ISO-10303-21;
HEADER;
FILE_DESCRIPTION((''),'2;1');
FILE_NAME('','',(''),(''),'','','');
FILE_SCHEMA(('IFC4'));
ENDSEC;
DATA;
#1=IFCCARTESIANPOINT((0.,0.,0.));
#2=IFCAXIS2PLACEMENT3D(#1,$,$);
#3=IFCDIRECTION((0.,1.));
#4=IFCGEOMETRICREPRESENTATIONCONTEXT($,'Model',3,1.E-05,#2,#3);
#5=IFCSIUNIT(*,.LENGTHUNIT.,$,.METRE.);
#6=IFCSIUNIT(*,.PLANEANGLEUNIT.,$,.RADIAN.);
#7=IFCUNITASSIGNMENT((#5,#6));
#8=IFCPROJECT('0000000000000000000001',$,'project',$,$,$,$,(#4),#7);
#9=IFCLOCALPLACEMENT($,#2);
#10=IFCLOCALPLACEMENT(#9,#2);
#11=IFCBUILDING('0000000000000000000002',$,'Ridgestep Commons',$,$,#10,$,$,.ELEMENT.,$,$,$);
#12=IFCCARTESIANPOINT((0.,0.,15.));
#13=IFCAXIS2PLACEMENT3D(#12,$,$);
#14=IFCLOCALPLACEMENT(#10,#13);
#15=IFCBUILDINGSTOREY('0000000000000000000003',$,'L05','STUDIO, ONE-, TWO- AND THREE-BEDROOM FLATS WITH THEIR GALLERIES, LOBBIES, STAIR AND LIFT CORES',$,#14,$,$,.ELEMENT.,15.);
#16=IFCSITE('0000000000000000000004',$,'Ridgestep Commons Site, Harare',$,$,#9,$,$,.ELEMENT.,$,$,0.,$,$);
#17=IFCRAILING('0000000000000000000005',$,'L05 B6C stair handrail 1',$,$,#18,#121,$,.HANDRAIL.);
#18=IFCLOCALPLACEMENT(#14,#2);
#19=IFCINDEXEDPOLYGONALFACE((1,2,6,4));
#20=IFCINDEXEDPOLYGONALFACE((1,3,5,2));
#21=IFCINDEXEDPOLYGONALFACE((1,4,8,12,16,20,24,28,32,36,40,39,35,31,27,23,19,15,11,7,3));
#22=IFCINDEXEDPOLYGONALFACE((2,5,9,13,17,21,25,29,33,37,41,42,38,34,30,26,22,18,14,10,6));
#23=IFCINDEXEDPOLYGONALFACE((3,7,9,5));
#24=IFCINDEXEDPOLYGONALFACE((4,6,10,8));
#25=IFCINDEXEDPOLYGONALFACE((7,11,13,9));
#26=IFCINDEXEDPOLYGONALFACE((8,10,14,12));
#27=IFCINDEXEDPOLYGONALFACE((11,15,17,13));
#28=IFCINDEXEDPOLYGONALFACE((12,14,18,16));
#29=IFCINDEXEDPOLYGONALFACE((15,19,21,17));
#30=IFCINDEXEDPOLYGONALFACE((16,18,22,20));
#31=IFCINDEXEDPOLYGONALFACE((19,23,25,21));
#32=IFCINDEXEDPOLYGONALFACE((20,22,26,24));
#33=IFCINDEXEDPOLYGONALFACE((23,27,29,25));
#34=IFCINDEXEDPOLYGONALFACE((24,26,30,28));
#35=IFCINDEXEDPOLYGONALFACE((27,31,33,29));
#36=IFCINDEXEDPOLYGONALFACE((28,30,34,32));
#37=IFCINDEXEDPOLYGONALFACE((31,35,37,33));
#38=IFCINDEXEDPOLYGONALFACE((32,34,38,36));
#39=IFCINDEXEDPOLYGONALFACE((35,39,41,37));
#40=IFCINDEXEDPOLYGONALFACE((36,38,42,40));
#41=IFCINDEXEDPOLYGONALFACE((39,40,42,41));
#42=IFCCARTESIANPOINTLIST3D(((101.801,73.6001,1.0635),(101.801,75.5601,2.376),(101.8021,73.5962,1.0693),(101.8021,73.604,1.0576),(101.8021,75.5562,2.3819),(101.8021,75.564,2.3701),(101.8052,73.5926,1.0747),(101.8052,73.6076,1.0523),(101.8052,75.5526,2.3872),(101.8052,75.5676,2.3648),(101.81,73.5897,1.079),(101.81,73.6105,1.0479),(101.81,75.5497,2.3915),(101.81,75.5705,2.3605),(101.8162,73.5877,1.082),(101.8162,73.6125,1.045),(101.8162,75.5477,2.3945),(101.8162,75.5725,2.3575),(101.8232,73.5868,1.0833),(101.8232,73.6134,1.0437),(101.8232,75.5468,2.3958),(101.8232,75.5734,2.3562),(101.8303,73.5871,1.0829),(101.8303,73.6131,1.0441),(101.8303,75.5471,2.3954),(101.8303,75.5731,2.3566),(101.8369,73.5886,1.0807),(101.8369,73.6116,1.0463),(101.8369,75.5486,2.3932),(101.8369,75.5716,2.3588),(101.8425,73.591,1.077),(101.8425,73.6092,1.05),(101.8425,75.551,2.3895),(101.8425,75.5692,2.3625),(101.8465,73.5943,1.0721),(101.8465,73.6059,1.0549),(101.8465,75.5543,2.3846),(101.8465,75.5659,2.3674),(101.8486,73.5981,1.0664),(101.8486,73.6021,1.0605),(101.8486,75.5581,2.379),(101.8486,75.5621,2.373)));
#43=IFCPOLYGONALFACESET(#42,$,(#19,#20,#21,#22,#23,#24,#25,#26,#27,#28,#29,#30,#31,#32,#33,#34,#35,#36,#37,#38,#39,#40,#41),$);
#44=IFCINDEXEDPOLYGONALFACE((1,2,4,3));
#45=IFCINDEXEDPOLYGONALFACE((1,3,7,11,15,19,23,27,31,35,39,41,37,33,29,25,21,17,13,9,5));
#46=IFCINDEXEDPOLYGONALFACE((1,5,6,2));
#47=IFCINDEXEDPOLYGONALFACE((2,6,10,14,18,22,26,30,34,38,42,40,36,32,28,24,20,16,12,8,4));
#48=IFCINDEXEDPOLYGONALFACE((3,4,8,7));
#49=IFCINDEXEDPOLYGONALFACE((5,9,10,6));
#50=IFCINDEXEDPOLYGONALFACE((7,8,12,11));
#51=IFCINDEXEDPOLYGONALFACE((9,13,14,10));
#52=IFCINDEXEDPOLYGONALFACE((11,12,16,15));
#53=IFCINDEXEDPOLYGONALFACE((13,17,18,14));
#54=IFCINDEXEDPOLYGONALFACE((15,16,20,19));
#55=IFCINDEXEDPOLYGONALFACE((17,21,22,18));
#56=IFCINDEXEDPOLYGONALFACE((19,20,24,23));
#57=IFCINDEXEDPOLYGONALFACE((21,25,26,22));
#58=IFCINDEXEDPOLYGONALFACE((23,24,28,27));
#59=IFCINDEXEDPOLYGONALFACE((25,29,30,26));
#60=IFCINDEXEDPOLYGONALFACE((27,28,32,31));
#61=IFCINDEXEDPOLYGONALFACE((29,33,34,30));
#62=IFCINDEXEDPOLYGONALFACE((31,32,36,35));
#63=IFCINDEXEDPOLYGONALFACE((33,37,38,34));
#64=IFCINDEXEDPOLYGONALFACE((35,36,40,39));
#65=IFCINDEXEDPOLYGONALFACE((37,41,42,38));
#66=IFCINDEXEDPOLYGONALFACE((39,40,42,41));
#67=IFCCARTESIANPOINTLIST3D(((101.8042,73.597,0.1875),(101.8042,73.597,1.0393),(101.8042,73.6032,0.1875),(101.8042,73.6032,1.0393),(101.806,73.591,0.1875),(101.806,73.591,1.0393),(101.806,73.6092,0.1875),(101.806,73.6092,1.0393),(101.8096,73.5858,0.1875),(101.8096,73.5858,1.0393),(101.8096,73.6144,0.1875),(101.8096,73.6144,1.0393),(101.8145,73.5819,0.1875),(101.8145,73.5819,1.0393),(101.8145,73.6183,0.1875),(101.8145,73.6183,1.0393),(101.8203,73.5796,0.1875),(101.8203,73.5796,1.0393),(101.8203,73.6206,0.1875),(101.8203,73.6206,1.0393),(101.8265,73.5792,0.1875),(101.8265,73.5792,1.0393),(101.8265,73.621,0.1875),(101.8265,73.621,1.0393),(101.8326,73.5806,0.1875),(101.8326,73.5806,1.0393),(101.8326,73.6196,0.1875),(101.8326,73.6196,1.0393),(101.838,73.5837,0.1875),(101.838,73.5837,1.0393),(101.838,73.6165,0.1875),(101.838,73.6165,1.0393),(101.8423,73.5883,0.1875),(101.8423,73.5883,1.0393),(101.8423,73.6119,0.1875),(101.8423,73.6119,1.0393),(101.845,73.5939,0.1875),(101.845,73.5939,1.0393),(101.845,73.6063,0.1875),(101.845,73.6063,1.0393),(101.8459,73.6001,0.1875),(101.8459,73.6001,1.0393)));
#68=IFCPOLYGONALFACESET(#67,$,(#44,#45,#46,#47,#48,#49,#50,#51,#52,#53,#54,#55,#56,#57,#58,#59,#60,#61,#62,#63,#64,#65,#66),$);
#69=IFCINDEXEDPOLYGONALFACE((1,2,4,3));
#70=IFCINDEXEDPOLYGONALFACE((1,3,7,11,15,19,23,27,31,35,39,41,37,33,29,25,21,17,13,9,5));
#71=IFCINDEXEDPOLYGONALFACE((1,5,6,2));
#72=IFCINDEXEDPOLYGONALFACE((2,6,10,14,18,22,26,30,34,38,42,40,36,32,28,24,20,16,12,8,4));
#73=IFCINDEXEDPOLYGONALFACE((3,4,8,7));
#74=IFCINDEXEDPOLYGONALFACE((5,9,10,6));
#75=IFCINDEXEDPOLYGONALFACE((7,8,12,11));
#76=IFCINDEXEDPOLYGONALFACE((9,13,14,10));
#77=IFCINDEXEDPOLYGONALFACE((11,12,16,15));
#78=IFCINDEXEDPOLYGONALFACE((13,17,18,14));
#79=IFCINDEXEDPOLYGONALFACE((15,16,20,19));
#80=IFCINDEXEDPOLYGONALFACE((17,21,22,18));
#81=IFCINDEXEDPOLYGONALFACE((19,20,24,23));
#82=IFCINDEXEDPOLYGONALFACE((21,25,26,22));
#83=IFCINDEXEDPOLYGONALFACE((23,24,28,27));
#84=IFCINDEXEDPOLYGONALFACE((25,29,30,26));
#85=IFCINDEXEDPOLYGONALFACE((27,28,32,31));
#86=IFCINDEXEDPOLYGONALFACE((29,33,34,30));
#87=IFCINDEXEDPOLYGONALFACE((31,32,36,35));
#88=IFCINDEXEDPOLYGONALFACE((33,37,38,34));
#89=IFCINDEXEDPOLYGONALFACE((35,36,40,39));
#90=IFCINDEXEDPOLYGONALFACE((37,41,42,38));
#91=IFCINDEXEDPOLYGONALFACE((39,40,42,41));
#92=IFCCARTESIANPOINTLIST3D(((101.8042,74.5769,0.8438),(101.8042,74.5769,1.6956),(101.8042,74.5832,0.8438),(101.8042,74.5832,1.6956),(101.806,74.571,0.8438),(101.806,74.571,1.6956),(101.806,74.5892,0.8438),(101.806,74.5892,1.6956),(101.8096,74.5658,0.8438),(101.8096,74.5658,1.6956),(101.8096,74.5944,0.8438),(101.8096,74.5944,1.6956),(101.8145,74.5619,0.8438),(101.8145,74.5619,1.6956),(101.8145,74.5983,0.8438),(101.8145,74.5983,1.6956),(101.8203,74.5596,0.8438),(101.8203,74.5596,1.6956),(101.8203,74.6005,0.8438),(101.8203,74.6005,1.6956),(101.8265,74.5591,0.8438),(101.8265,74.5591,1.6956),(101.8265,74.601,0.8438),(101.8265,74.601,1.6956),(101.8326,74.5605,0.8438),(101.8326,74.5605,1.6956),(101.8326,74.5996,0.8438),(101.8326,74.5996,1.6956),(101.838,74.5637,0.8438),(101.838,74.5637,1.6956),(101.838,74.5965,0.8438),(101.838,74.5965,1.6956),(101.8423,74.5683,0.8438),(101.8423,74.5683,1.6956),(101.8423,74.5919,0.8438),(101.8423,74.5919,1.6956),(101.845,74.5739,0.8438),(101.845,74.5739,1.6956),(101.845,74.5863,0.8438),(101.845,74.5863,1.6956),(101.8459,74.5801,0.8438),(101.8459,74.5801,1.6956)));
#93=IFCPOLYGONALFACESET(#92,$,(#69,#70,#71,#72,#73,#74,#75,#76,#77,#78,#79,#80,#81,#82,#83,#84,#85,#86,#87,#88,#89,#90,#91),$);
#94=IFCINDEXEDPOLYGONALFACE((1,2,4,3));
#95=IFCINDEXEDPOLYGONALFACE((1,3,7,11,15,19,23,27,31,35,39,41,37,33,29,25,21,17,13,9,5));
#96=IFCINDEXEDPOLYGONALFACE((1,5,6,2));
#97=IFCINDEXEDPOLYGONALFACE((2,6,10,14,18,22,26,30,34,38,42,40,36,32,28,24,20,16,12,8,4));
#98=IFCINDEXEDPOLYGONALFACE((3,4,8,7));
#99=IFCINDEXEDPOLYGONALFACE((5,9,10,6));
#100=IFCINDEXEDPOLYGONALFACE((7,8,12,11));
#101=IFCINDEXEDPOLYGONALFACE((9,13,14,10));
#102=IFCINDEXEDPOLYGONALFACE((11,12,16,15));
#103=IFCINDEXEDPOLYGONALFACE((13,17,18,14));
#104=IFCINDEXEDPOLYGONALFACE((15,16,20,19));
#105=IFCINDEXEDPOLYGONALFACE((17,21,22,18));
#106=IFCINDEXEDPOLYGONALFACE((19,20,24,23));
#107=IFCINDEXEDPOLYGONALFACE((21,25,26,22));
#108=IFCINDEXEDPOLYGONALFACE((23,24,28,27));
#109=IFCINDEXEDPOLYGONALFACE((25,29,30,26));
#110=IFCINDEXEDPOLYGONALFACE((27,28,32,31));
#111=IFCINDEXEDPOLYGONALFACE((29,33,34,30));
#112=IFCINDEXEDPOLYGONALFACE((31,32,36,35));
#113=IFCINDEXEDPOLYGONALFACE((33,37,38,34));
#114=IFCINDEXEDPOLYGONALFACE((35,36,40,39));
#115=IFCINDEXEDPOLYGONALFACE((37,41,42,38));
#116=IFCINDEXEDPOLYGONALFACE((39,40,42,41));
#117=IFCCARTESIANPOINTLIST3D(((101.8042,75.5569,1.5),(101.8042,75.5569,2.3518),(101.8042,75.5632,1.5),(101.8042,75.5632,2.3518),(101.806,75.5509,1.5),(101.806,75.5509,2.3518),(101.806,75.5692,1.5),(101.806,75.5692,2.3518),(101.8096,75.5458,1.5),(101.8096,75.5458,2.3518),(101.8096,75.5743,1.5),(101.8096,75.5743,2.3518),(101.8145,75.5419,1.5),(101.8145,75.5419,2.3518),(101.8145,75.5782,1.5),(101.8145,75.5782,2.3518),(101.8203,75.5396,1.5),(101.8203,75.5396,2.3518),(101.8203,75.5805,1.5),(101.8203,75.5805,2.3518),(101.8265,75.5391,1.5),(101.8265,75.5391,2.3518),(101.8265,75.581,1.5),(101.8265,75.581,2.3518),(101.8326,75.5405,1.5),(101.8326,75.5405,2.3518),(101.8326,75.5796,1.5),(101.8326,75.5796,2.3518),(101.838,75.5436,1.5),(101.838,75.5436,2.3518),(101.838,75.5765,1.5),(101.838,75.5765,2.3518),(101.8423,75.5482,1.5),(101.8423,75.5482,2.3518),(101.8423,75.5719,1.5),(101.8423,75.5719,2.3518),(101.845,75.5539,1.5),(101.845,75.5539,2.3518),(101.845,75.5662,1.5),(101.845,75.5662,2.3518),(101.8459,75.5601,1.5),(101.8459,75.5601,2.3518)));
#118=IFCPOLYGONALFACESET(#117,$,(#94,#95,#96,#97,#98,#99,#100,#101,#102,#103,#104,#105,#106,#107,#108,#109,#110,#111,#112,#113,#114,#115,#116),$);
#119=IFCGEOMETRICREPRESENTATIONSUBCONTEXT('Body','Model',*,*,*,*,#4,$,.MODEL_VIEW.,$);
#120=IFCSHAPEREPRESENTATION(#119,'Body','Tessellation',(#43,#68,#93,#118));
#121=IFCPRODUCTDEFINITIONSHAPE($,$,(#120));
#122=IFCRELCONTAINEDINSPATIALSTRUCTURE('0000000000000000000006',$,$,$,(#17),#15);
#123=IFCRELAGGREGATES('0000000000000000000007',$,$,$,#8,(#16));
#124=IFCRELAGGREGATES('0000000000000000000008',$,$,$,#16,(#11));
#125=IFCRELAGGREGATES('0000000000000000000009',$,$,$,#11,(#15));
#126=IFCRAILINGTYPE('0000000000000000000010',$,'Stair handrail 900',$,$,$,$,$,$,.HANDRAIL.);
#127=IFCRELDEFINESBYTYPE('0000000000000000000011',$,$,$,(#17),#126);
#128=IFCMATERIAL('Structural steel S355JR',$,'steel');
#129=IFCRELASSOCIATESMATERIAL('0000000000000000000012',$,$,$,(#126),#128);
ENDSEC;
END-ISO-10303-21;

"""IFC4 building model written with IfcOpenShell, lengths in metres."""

from ifc_helpers import new_model, si_unit, direction, frame, origin, origin_2d, place, context, subcontext, project, spatial, circle, extrude, material, type_object, element, save


model = new_model("IFC4")

# Units and contexts
model_context = context("Model", 3, precision=1e-05, world=origin(), true_north=direction((0.0, 1.0)))
body_context = subcontext(model_context, "Body", "Model", "MODEL_VIEW")
ifc_project = project(units=[si_unit("LENGTHUNIT", "METRE"), si_unit("PLANEANGLEUNIT", "RADIAN")], contexts=[model_context])

# Site, building, storey
site_placement = place(None, origin())
site = spatial("IfcSite", under=ifc_project, at=site_placement, Name="Ridgestep Commons Site, Harare", CompositionType="ELEMENT", RefElevation=0.0)
building_placement = place(site_placement, origin())
building = spatial("IfcBuilding", under=site, at=building_placement, Name="Ridgestep Commons", CompositionType="ELEMENT")
storey_placement = place(building_placement, frame((0.0, 0.0, 15.0)))
storey = spatial("IfcBuildingStorey", under=building, at=storey_placement, Name="L05", Description="STUDIO, ONE-, TWO- AND THREE-BEDROOM FLATS WITH THEIR GALLERIES, LOBBIES, STAIR AND LIFT CORES", CompositionType="ELEMENT", Elevation=15.0)

# Railing
ifc_material_1 = material(Name="Structural steel S355JR", Category="steel")
railing_type_1 = type_object("IfcRailingType", Name="Stair handrail 900", PredefinedType="HANDRAIL", material=ifc_material_1)
railing_1_placement = place(storey_placement, frame((101.825, 73.6001, 0.1875)))
element("IfcRailing", 1, at=railing_1_placement, inside=storey, type_object=railing_type_1, Name="L05 B6C stair handrail 1", PredefinedType="HANDRAIL", context=body_context, shape_type="SweptSolid", body=[
    extrude(circle(Radius=0.0239, at=origin_2d()), frame((0.0, 0.0, 0.876), z_axis=(0.0, 0.830902, 0.556419), x_axis=(-1.0, 0.0, 0.0)), (0.0, 0.0, 1.0), 2.3589),
    extrude(circle(Radius=0.021, at=origin_2d()), origin(), (0.0, 0.0, 1.0), 0.8518),
    extrude(circle(Radius=0.021, at=origin_2d()), frame((0.0, 0.98, 0.6562)), (0.0, 0.0, 1.0), 0.8518),
    extrude(circle(Radius=0.021, at=origin_2d()), frame((0.0, 1.96, 1.3125)), (0.0, 0.0, 1.0), 0.8518),
])

save(model, "model.ifc")
